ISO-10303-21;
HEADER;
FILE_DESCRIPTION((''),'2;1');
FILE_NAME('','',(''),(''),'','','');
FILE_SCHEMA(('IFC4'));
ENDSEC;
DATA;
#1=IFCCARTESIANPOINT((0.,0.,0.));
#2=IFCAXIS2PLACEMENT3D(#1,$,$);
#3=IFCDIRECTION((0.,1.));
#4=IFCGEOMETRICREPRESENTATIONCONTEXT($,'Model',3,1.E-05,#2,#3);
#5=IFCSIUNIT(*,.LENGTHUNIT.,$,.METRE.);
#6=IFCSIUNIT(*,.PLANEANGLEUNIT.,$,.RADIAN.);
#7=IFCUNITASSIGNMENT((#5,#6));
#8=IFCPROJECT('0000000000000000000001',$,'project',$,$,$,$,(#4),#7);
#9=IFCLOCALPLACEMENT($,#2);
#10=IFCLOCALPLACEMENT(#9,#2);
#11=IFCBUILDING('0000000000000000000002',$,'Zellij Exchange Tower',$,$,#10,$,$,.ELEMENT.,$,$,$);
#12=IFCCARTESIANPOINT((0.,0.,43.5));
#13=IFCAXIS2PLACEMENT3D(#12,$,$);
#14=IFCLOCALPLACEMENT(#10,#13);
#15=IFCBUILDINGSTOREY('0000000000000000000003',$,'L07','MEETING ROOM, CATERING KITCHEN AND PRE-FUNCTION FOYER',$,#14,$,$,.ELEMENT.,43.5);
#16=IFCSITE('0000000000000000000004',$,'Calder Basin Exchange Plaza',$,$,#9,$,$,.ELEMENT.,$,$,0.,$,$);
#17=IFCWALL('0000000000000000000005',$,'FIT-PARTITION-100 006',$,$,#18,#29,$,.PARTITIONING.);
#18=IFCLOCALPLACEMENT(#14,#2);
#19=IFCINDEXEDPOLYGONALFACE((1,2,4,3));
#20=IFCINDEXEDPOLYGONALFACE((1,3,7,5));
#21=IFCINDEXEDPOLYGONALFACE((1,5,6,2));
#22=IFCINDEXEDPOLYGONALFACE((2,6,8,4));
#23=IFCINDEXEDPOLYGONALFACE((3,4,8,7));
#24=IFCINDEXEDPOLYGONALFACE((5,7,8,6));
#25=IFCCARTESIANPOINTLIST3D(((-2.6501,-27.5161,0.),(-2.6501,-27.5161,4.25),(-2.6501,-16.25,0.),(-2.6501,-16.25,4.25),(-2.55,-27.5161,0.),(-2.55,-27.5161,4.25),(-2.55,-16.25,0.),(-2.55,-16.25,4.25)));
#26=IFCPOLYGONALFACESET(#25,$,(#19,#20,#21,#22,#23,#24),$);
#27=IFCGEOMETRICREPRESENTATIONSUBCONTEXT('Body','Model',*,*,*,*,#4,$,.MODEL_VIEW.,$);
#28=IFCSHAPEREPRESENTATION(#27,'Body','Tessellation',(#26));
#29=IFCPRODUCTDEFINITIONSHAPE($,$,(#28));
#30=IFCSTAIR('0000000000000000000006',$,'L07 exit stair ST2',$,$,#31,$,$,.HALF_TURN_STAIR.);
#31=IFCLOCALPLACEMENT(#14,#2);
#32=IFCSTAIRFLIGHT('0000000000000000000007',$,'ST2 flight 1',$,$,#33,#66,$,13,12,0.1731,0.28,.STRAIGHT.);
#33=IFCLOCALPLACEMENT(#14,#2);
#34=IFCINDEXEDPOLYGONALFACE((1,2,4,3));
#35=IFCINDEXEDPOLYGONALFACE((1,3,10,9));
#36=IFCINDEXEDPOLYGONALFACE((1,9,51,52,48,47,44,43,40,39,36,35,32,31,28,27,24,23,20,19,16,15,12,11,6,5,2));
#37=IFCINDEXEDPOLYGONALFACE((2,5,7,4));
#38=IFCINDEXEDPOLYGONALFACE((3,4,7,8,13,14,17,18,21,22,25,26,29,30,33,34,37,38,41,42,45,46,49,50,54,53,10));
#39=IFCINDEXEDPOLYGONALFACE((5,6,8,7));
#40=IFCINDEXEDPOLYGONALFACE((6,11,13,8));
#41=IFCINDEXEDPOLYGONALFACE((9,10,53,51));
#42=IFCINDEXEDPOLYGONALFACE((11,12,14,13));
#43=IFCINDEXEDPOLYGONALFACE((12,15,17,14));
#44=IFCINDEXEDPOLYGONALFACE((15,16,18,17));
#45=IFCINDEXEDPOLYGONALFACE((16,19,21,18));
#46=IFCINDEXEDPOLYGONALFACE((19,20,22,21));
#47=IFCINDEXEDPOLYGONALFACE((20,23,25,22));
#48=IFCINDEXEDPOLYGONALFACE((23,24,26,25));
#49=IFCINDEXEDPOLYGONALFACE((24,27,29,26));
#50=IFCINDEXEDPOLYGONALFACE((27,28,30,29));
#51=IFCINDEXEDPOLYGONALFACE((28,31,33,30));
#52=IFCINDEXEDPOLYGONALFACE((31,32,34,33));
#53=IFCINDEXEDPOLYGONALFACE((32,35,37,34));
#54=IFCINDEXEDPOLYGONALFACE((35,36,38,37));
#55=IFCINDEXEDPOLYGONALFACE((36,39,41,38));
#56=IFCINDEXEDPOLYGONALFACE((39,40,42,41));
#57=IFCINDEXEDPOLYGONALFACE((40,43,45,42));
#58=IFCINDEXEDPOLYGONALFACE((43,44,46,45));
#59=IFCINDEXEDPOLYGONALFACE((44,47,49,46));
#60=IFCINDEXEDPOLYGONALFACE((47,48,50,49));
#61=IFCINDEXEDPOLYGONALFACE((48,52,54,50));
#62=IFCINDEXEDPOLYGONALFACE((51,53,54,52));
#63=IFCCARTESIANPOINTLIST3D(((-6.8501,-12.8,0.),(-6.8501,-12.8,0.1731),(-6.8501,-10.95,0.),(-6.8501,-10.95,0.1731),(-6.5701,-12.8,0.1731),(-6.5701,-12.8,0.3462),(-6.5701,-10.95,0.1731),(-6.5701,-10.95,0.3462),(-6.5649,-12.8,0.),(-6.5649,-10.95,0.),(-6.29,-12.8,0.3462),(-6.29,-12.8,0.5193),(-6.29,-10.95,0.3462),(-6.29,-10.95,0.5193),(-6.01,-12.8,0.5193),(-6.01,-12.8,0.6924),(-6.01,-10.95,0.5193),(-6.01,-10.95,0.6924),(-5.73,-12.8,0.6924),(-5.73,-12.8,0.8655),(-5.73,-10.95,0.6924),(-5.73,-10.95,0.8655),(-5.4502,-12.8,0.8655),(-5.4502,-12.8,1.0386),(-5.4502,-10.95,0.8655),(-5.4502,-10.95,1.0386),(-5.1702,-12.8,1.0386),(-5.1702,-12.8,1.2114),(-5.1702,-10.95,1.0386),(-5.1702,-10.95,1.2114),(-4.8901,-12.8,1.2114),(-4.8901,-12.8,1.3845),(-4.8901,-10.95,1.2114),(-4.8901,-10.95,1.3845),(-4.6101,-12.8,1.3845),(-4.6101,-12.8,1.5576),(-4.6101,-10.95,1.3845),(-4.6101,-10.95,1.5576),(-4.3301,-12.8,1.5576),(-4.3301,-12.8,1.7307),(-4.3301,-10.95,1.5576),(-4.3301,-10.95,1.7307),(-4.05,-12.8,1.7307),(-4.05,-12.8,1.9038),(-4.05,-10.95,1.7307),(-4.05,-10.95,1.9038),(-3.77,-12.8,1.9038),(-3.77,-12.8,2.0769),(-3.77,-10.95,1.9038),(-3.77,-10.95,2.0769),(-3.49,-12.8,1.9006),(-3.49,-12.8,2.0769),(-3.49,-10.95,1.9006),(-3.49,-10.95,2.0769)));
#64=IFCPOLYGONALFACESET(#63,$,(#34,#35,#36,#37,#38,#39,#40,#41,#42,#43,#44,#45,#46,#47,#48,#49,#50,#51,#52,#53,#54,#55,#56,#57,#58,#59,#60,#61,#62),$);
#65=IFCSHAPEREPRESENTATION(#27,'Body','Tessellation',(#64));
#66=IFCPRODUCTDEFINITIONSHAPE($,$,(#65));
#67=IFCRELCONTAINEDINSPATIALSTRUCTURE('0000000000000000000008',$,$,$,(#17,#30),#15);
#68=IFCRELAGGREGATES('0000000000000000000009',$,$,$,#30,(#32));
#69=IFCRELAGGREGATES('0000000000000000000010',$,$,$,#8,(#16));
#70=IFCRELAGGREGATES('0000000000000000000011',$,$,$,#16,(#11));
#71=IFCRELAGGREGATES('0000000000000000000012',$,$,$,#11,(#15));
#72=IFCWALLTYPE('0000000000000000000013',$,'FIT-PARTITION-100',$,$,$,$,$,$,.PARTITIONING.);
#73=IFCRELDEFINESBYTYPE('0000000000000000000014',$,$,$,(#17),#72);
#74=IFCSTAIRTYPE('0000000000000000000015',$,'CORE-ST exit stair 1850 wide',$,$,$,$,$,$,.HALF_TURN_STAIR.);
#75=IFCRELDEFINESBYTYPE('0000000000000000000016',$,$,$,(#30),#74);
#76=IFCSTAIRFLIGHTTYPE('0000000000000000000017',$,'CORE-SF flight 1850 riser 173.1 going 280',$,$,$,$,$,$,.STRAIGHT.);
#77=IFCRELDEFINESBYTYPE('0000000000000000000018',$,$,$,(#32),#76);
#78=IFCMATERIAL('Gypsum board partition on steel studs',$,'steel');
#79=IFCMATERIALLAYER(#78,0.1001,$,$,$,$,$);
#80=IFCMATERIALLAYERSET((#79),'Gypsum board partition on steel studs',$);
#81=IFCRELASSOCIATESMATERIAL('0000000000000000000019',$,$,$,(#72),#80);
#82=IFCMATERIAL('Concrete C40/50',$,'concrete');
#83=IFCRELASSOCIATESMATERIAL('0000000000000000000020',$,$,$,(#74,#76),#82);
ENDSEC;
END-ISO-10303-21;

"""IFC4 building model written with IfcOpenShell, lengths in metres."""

from ifc_helpers import new_model, si_unit, direction, frame, frame_2d, origin, place, context, subcontext, project, spatial, polyline, rectangle, outline, extrude, material, layer, layer_set, type_object, element, aggregate, save


model = new_model("IFC4")

# Units and contexts
model_context = context("Model", 3, precision=1e-05, world=origin(), true_north=direction((0.0, 1.0)))
body_context = subcontext(model_context, "Body", "Model", "MODEL_VIEW")
ifc_project = project(units=[si_unit("LENGTHUNIT", "METRE"), si_unit("PLANEANGLEUNIT", "RADIAN")], contexts=[model_context])

# Site, building, storey
site_placement = place(None, origin())
site = spatial("IfcSite", under=ifc_project, at=site_placement, Name="Calder Basin Exchange Plaza", CompositionType="ELEMENT", RefElevation=0.0)
building_placement = place(site_placement, origin())
building = spatial("IfcBuilding", under=site, at=building_placement, Name="Zellij Exchange Tower", CompositionType="ELEMENT")
storey_placement = place(building_placement, frame((0.0, 0.0, 43.5)))
storey = spatial("IfcBuildingStorey", under=building, at=storey_placement, Name="L07", Description="MEETING ROOM, CATERING KITCHEN AND PRE-FUNCTION FOYER", CompositionType="ELEMENT", Elevation=43.5)

# Wall
ifc_material_1 = material(Name="Gypsum board partition on steel studs", Category="steel")
ifc_layer_1 = layer(ifc_material_1, 0.1001)
ifc_layer_set_1 = layer_set([ifc_layer_1], Name="Gypsum board partition on steel studs")
wall_type_1 = type_object("IfcWallType", Name="FIT-PARTITION-100", PredefinedType="PARTITIONING", material=ifc_layer_set_1)
for number, where, z_axis, x_axis, name in (
    (1, (-2.6001, -27.5161, 0.0), (0.0, 0.0, 1.0), (0.0, 1.0, 0.0), "FIT-PARTITION-100 006"),
):
    element("IfcWall", number, at=place(storey_placement, frame(where, z_axis=z_axis, x_axis=x_axis)), inside=storey, type_object=wall_type_1, Name=name, PredefinedType="PARTITIONING", context=body_context, shape_type="SweptSolid", body=[
        extrude(rectangle(XDim=11.2661, YDim=0.1001, at=frame_2d((5.6331, 0.0))), origin(), (0.0, 0.0, 1.0), 4.25),
    ])

# Stair, stair flight
ifc_material_2 = material(Name="Concrete C40/50", Category="concrete")
stair_type = type_object("IfcStairType", Name="CORE-ST exit stair 1850 wide", PredefinedType="HALF_TURN_STAIR", material=ifc_material_2)
stair_placement = place(storey_placement, origin())
stair = element("IfcStair", 2, at=stair_placement, inside=storey, type_object=stair_type, Name="L07 exit stair ST2", PredefinedType="HALF_TURN_STAIR")
stair_flight_type = type_object("IfcStairFlightType", Name="CORE-SF flight 1850 riser 173.1 going 280", PredefinedType="STRAIGHT", material=ifc_material_2)
stair_flight_placement = place(storey_placement, frame((-6.8501, -11.875, 0.0), z_axis=(0.0, 0.0, 1.0), x_axis=(1.0, 0.0, 0.0)))
stair_flight = element("IfcStairFlight", 3, at=stair_flight_placement, type_object=stair_flight_type, Name="ST2 flight 1", NumberOfRisers=13, NumberOfTreads=12, PredefinedType="STRAIGHT", RiserHeight=0.1731, TreadLength=0.28, context=body_context, shape_type="SweptSolid", body=[
    extrude(outline(polyline([(0.0, 0.0), (0.0, 0.1731), (0.28, 0.1731), (0.28, 0.3462), (0.5601, 0.3462), (0.5601, 0.5193), (0.8401, 0.5193), (0.8401, 0.6924), (1.1201, 0.6924), (1.1201, 0.8655), (1.3999, 0.8655), (1.3999, 1.0386), (1.6799, 1.0386), (1.6799, 1.2114), (1.96, 1.2114), (1.96, 1.3845), (2.24, 1.3845), (2.24, 1.5576), (2.52, 1.5576), (2.52, 1.7307), (2.8, 1.7307), (2.8, 1.9038), (3.0801, 1.9038), (3.0801, 2.0769), (3.3601, 2.0769), (3.3601, 2.25), (3.3601, 1.9006), (0.2852, 0.0), (0.0, 0.0)])), frame((0.0, 0.925, 0.0), z_axis=(0.0, -1.0, 0.0), x_axis=(1.0, 0.0, 0.0)), (0.0, 0.0, 1.0), 1.8501),
])
aggregate(stair, [stair_flight])

save(model, "model.ifc")
